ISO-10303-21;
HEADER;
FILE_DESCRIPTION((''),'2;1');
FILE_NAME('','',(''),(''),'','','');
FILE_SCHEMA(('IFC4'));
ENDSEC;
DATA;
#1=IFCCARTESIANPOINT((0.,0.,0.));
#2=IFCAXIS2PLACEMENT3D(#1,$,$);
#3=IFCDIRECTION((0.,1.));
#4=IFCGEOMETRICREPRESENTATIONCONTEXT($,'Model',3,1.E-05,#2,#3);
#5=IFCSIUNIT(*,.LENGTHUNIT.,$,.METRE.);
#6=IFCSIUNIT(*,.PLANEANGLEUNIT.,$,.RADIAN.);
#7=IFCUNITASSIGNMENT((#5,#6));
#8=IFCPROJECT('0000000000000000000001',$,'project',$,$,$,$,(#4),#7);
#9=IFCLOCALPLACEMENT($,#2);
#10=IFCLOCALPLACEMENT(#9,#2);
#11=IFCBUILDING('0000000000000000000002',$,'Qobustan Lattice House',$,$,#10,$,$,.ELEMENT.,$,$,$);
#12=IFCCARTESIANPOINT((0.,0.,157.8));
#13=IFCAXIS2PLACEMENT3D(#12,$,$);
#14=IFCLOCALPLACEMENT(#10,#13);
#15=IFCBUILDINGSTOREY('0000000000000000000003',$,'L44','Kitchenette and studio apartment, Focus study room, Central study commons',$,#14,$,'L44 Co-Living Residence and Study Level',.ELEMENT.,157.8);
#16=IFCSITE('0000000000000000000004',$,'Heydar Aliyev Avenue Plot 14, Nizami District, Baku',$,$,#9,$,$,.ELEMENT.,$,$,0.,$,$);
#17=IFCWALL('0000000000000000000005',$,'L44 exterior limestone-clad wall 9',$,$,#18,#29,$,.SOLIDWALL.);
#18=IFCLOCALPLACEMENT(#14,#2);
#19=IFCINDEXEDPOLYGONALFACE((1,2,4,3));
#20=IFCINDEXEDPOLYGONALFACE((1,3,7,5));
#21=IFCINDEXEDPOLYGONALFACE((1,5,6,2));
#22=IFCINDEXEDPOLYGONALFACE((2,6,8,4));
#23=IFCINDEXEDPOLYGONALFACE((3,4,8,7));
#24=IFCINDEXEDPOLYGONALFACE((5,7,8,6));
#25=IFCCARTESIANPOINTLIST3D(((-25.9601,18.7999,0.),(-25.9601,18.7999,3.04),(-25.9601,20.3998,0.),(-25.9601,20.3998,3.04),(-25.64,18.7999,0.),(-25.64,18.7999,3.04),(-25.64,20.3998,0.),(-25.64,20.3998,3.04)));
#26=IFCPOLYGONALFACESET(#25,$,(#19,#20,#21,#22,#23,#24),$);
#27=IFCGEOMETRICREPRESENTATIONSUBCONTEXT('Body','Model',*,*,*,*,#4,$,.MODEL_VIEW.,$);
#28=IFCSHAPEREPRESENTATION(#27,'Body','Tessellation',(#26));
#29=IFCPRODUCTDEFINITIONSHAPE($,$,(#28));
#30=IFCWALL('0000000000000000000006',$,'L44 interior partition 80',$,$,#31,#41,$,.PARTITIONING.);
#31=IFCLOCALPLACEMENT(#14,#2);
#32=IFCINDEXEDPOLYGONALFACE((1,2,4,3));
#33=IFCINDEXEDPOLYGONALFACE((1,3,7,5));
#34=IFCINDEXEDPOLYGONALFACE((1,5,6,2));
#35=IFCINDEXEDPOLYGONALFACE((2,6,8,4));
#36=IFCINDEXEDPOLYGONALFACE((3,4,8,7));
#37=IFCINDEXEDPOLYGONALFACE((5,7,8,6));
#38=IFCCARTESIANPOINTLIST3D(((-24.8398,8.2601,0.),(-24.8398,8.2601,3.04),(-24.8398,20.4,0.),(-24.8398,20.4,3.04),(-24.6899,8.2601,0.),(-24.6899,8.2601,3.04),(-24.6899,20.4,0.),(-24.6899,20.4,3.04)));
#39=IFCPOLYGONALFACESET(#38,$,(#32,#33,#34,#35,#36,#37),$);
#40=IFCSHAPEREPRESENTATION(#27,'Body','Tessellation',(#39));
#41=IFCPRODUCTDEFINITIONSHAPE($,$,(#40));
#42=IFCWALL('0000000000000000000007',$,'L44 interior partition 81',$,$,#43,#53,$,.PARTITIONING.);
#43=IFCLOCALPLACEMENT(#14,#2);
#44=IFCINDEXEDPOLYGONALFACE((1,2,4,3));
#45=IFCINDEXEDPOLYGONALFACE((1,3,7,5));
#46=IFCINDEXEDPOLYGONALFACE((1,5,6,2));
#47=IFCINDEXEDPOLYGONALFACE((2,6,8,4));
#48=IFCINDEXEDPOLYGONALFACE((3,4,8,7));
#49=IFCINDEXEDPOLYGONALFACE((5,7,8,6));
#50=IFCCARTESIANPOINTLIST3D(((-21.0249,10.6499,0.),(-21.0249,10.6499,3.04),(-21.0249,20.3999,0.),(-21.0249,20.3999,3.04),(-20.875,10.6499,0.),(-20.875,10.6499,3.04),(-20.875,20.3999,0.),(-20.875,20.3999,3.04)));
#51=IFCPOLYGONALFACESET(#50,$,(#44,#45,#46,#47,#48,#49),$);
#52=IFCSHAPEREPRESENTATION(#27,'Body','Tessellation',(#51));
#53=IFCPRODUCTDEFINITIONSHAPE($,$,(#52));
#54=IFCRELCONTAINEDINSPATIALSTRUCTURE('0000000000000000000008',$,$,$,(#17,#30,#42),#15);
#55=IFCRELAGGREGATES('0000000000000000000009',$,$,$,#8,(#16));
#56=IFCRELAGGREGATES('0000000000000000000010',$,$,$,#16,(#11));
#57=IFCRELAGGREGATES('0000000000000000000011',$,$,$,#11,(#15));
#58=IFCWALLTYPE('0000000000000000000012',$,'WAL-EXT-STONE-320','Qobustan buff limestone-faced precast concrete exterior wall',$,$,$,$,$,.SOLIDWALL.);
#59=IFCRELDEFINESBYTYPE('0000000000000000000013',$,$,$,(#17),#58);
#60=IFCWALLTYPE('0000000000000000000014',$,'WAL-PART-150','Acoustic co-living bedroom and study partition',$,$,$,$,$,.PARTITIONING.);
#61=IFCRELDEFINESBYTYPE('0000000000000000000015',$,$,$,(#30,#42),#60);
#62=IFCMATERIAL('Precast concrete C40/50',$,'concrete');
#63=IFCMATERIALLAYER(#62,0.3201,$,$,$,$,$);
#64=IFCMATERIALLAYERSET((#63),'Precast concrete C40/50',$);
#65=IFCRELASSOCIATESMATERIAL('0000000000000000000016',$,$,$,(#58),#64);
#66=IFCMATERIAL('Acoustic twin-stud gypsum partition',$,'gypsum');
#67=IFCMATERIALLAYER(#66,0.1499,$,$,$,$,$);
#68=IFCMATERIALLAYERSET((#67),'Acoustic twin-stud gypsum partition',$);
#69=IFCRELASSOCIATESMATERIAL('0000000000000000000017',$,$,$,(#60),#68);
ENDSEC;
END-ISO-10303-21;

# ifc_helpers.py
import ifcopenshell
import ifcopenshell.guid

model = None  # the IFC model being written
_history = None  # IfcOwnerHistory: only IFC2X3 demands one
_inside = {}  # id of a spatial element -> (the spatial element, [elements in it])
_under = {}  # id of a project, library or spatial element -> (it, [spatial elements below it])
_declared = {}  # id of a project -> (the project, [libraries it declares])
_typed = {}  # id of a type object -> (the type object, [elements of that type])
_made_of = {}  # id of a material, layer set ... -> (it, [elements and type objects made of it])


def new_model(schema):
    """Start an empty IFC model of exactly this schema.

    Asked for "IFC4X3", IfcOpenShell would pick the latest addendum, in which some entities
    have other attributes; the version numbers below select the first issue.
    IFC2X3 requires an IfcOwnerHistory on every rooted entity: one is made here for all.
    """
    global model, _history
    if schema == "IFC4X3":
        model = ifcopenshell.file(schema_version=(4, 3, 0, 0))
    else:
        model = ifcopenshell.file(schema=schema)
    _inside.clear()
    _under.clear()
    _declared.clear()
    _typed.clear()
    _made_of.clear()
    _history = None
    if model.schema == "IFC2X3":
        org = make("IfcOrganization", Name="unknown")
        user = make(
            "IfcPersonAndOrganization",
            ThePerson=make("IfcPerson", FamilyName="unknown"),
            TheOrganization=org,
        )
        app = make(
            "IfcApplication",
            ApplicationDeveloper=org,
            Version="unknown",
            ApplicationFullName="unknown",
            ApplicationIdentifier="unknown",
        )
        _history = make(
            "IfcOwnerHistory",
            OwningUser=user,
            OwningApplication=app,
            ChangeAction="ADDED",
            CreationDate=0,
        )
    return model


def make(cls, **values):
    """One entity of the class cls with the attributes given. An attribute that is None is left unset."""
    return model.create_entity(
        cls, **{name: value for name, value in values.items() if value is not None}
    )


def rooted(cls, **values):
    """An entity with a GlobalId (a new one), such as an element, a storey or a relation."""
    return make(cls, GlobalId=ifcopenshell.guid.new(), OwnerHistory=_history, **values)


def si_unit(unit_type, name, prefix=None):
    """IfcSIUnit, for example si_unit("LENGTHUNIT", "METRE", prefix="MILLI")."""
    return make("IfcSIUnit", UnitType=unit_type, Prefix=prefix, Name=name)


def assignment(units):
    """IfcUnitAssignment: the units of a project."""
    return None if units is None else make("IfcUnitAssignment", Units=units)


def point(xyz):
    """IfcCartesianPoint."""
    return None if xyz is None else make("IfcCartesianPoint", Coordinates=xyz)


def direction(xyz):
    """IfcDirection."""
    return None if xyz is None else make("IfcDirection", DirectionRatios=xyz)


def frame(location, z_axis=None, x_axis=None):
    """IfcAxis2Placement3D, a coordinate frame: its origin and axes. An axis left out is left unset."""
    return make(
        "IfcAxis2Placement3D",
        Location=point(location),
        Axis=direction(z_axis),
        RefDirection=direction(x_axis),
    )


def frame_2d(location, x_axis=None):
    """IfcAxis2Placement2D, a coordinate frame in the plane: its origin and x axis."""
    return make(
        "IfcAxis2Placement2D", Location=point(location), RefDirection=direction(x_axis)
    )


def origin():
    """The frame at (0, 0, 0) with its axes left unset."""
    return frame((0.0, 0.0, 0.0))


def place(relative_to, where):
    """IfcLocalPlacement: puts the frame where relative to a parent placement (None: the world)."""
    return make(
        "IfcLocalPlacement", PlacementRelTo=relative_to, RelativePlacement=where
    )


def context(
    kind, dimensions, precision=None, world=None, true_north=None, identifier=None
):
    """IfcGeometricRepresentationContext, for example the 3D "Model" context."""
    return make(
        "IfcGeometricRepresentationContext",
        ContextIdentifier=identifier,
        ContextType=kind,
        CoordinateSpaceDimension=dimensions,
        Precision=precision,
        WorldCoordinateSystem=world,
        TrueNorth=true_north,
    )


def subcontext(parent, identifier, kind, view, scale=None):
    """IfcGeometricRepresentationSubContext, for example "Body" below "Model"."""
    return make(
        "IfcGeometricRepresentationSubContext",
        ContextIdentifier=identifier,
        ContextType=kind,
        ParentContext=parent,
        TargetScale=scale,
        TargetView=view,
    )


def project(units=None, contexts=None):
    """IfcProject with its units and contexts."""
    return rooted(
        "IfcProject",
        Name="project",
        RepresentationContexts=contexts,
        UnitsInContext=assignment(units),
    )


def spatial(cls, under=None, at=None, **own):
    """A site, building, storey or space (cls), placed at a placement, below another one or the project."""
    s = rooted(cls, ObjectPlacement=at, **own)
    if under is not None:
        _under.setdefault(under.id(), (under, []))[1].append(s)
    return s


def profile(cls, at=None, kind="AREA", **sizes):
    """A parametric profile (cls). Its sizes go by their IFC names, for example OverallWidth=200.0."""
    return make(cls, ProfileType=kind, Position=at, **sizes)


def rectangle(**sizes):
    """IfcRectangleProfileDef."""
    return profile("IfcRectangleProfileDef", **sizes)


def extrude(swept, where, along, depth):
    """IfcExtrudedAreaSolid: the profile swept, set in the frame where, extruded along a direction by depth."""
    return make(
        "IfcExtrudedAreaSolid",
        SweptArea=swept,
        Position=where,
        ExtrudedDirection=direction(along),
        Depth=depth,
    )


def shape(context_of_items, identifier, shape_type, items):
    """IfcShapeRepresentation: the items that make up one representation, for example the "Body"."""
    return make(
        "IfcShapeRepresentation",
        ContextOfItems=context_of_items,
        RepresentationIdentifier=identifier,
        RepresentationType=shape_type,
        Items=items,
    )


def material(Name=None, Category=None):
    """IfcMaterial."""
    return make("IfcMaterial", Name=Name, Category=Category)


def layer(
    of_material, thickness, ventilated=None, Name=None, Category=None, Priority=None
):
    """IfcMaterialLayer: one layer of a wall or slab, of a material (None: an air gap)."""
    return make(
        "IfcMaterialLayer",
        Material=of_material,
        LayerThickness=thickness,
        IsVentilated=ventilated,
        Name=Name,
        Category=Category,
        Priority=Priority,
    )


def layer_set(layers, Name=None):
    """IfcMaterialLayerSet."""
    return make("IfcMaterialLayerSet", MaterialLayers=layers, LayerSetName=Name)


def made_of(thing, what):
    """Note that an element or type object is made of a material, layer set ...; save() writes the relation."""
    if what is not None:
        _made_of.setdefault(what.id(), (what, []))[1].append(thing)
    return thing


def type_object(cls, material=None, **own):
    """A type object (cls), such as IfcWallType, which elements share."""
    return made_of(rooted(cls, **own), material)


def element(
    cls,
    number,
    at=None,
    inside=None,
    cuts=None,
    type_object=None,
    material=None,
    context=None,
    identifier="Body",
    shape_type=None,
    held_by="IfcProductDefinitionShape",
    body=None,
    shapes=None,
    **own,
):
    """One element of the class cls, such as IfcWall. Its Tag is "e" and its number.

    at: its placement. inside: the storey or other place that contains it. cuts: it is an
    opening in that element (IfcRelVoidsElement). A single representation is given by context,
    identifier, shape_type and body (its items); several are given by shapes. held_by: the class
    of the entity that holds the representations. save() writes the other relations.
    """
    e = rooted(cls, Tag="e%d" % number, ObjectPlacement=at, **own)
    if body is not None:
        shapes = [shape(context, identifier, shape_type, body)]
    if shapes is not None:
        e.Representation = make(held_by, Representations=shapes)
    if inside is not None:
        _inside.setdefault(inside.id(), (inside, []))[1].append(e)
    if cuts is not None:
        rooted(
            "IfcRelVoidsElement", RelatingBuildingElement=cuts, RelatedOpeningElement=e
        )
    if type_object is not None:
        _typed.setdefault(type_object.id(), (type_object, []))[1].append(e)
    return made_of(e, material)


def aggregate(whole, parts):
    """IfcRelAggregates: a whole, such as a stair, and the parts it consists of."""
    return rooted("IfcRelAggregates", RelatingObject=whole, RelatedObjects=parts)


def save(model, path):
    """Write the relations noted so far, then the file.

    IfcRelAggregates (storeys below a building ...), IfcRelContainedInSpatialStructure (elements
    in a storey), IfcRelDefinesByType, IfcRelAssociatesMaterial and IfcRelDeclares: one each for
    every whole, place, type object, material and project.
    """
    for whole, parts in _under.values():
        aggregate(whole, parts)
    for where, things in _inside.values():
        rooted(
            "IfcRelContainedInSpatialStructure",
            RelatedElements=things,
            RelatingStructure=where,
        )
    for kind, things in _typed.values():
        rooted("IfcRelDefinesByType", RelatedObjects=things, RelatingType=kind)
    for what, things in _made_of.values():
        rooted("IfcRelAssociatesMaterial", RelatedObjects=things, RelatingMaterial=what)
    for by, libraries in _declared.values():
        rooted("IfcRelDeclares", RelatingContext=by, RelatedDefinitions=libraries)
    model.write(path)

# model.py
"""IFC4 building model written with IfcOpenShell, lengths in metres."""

from ifc_helpers import new_model, si_unit, direction, frame, frame_2d, origin, place, context, subcontext, project, spatial, rectangle, extrude, material, layer, layer_set, type_object, element, save


model = new_model("IFC4")

# Units and contexts
model_context = context("Model", 3, precision=1e-05, world=origin(), true_north=direction((0.0, 1.0)))
body_context = subcontext(model_context, "Body", "Model", "MODEL_VIEW")
ifc_project = project(units=[si_unit("LENGTHUNIT", "METRE"), si_unit("PLANEANGLEUNIT", "RADIAN")], contexts=[model_context])

# Site, building, storey
site_placement = place(None, origin())
site = spatial("IfcSite", under=ifc_project, at=site_placement, Name="Heydar Aliyev Avenue Plot 14, Nizami District, Baku", CompositionType="ELEMENT", RefElevation=0.0)
building_placement = place(site_placement, origin())
building = spatial("IfcBuilding", under=site, at=building_placement, Name="Qobustan Lattice House", CompositionType="ELEMENT")
storey_placement = place(building_placement, frame((0.0, 0.0, 157.8)))
storey = spatial("IfcBuildingStorey", under=building, at=storey_placement, Name="L44", Description="Kitchenette and studio apartment, Focus study room, Central study commons", LongName="L44 Co-Living Residence and Study Level", CompositionType="ELEMENT", Elevation=157.8)

# Wall
ifc_material_1 = material(Name="Precast concrete C40/50", Category="concrete")
ifc_layer_1 = layer(ifc_material_1, 0.3201)
ifc_layer_set_1 = layer_set([ifc_layer_1], Name="Precast concrete C40/50")
wall_type_1 = type_object("IfcWallType", Name="WAL-EXT-STONE-320", Description="Qobustan buff limestone-faced precast concrete exterior wall", PredefinedType="SOLIDWALL", material=ifc_layer_set_1)
wall_1_placement = place(storey_placement, frame((-25.8, 18.8, 0.0), z_axis=(0.0, 0.0, 1.0), x_axis=(0.0, 1.0, 0.0)))
element("IfcWall", 1, at=wall_1_placement, inside=storey, type_object=wall_type_1, Name="L44 exterior limestone-clad wall 9", PredefinedType="SOLIDWALL", context=body_context, shape_type="SweptSolid", body=[
    extrude(rectangle(XDim=1.5999, YDim=0.3201, at=frame_2d((0.7998, 0.0))), origin(), (0.0, 0.0, 1.0), 3.04),
])

# Walls
ifc_material_2 = material(Name="Acoustic twin-stud gypsum partition", Category="gypsum")
ifc_layer_2 = layer(ifc_material_2, 0.1499)
ifc_layer_set_2 = layer_set([ifc_layer_2], Name="Acoustic twin-stud gypsum partition")
wall_type_2 = type_object("IfcWallType", Name="WAL-PART-150", Description="Acoustic co-living bedroom and study partition", PredefinedType="PARTITIONING", material=ifc_layer_set_2)
wall_2_placement = place(storey_placement, frame((-24.7649, 20.3999, 0.0), z_axis=(0.0, 0.0, 1.0), x_axis=(0.0, -1.0, 0.0)))
element("IfcWall", 2, at=wall_2_placement, inside=storey, type_object=wall_type_2, Name="L44 interior partition 80", PredefinedType="PARTITIONING", context=body_context, shape_type="SweptSolid", body=[
    extrude(rectangle(XDim=12.1399, YDim=0.1499, at=frame_2d((6.0698, 0.0))), origin(), (0.0, 0.0, 1.0), 3.04),
])
wall_3_placement = place(storey_placement, frame((-20.95, 20.3999, 0.0), z_axis=(0.0, 0.0, 1.0), x_axis=(0.0, -1.0, 0.0)))
element("IfcWall", 3, at=wall_3_placement, inside=storey, type_object=wall_type_2, Name="L44 interior partition 81", PredefinedType="PARTITIONING", context=body_context, shape_type="SweptSolid", body=[
    extrude(rectangle(XDim=9.75, YDim=0.1499, at=frame_2d((4.875, 0.0))), origin(), (0.0, 0.0, 1.0), 3.04),
])

save(model, "model.ifc")
